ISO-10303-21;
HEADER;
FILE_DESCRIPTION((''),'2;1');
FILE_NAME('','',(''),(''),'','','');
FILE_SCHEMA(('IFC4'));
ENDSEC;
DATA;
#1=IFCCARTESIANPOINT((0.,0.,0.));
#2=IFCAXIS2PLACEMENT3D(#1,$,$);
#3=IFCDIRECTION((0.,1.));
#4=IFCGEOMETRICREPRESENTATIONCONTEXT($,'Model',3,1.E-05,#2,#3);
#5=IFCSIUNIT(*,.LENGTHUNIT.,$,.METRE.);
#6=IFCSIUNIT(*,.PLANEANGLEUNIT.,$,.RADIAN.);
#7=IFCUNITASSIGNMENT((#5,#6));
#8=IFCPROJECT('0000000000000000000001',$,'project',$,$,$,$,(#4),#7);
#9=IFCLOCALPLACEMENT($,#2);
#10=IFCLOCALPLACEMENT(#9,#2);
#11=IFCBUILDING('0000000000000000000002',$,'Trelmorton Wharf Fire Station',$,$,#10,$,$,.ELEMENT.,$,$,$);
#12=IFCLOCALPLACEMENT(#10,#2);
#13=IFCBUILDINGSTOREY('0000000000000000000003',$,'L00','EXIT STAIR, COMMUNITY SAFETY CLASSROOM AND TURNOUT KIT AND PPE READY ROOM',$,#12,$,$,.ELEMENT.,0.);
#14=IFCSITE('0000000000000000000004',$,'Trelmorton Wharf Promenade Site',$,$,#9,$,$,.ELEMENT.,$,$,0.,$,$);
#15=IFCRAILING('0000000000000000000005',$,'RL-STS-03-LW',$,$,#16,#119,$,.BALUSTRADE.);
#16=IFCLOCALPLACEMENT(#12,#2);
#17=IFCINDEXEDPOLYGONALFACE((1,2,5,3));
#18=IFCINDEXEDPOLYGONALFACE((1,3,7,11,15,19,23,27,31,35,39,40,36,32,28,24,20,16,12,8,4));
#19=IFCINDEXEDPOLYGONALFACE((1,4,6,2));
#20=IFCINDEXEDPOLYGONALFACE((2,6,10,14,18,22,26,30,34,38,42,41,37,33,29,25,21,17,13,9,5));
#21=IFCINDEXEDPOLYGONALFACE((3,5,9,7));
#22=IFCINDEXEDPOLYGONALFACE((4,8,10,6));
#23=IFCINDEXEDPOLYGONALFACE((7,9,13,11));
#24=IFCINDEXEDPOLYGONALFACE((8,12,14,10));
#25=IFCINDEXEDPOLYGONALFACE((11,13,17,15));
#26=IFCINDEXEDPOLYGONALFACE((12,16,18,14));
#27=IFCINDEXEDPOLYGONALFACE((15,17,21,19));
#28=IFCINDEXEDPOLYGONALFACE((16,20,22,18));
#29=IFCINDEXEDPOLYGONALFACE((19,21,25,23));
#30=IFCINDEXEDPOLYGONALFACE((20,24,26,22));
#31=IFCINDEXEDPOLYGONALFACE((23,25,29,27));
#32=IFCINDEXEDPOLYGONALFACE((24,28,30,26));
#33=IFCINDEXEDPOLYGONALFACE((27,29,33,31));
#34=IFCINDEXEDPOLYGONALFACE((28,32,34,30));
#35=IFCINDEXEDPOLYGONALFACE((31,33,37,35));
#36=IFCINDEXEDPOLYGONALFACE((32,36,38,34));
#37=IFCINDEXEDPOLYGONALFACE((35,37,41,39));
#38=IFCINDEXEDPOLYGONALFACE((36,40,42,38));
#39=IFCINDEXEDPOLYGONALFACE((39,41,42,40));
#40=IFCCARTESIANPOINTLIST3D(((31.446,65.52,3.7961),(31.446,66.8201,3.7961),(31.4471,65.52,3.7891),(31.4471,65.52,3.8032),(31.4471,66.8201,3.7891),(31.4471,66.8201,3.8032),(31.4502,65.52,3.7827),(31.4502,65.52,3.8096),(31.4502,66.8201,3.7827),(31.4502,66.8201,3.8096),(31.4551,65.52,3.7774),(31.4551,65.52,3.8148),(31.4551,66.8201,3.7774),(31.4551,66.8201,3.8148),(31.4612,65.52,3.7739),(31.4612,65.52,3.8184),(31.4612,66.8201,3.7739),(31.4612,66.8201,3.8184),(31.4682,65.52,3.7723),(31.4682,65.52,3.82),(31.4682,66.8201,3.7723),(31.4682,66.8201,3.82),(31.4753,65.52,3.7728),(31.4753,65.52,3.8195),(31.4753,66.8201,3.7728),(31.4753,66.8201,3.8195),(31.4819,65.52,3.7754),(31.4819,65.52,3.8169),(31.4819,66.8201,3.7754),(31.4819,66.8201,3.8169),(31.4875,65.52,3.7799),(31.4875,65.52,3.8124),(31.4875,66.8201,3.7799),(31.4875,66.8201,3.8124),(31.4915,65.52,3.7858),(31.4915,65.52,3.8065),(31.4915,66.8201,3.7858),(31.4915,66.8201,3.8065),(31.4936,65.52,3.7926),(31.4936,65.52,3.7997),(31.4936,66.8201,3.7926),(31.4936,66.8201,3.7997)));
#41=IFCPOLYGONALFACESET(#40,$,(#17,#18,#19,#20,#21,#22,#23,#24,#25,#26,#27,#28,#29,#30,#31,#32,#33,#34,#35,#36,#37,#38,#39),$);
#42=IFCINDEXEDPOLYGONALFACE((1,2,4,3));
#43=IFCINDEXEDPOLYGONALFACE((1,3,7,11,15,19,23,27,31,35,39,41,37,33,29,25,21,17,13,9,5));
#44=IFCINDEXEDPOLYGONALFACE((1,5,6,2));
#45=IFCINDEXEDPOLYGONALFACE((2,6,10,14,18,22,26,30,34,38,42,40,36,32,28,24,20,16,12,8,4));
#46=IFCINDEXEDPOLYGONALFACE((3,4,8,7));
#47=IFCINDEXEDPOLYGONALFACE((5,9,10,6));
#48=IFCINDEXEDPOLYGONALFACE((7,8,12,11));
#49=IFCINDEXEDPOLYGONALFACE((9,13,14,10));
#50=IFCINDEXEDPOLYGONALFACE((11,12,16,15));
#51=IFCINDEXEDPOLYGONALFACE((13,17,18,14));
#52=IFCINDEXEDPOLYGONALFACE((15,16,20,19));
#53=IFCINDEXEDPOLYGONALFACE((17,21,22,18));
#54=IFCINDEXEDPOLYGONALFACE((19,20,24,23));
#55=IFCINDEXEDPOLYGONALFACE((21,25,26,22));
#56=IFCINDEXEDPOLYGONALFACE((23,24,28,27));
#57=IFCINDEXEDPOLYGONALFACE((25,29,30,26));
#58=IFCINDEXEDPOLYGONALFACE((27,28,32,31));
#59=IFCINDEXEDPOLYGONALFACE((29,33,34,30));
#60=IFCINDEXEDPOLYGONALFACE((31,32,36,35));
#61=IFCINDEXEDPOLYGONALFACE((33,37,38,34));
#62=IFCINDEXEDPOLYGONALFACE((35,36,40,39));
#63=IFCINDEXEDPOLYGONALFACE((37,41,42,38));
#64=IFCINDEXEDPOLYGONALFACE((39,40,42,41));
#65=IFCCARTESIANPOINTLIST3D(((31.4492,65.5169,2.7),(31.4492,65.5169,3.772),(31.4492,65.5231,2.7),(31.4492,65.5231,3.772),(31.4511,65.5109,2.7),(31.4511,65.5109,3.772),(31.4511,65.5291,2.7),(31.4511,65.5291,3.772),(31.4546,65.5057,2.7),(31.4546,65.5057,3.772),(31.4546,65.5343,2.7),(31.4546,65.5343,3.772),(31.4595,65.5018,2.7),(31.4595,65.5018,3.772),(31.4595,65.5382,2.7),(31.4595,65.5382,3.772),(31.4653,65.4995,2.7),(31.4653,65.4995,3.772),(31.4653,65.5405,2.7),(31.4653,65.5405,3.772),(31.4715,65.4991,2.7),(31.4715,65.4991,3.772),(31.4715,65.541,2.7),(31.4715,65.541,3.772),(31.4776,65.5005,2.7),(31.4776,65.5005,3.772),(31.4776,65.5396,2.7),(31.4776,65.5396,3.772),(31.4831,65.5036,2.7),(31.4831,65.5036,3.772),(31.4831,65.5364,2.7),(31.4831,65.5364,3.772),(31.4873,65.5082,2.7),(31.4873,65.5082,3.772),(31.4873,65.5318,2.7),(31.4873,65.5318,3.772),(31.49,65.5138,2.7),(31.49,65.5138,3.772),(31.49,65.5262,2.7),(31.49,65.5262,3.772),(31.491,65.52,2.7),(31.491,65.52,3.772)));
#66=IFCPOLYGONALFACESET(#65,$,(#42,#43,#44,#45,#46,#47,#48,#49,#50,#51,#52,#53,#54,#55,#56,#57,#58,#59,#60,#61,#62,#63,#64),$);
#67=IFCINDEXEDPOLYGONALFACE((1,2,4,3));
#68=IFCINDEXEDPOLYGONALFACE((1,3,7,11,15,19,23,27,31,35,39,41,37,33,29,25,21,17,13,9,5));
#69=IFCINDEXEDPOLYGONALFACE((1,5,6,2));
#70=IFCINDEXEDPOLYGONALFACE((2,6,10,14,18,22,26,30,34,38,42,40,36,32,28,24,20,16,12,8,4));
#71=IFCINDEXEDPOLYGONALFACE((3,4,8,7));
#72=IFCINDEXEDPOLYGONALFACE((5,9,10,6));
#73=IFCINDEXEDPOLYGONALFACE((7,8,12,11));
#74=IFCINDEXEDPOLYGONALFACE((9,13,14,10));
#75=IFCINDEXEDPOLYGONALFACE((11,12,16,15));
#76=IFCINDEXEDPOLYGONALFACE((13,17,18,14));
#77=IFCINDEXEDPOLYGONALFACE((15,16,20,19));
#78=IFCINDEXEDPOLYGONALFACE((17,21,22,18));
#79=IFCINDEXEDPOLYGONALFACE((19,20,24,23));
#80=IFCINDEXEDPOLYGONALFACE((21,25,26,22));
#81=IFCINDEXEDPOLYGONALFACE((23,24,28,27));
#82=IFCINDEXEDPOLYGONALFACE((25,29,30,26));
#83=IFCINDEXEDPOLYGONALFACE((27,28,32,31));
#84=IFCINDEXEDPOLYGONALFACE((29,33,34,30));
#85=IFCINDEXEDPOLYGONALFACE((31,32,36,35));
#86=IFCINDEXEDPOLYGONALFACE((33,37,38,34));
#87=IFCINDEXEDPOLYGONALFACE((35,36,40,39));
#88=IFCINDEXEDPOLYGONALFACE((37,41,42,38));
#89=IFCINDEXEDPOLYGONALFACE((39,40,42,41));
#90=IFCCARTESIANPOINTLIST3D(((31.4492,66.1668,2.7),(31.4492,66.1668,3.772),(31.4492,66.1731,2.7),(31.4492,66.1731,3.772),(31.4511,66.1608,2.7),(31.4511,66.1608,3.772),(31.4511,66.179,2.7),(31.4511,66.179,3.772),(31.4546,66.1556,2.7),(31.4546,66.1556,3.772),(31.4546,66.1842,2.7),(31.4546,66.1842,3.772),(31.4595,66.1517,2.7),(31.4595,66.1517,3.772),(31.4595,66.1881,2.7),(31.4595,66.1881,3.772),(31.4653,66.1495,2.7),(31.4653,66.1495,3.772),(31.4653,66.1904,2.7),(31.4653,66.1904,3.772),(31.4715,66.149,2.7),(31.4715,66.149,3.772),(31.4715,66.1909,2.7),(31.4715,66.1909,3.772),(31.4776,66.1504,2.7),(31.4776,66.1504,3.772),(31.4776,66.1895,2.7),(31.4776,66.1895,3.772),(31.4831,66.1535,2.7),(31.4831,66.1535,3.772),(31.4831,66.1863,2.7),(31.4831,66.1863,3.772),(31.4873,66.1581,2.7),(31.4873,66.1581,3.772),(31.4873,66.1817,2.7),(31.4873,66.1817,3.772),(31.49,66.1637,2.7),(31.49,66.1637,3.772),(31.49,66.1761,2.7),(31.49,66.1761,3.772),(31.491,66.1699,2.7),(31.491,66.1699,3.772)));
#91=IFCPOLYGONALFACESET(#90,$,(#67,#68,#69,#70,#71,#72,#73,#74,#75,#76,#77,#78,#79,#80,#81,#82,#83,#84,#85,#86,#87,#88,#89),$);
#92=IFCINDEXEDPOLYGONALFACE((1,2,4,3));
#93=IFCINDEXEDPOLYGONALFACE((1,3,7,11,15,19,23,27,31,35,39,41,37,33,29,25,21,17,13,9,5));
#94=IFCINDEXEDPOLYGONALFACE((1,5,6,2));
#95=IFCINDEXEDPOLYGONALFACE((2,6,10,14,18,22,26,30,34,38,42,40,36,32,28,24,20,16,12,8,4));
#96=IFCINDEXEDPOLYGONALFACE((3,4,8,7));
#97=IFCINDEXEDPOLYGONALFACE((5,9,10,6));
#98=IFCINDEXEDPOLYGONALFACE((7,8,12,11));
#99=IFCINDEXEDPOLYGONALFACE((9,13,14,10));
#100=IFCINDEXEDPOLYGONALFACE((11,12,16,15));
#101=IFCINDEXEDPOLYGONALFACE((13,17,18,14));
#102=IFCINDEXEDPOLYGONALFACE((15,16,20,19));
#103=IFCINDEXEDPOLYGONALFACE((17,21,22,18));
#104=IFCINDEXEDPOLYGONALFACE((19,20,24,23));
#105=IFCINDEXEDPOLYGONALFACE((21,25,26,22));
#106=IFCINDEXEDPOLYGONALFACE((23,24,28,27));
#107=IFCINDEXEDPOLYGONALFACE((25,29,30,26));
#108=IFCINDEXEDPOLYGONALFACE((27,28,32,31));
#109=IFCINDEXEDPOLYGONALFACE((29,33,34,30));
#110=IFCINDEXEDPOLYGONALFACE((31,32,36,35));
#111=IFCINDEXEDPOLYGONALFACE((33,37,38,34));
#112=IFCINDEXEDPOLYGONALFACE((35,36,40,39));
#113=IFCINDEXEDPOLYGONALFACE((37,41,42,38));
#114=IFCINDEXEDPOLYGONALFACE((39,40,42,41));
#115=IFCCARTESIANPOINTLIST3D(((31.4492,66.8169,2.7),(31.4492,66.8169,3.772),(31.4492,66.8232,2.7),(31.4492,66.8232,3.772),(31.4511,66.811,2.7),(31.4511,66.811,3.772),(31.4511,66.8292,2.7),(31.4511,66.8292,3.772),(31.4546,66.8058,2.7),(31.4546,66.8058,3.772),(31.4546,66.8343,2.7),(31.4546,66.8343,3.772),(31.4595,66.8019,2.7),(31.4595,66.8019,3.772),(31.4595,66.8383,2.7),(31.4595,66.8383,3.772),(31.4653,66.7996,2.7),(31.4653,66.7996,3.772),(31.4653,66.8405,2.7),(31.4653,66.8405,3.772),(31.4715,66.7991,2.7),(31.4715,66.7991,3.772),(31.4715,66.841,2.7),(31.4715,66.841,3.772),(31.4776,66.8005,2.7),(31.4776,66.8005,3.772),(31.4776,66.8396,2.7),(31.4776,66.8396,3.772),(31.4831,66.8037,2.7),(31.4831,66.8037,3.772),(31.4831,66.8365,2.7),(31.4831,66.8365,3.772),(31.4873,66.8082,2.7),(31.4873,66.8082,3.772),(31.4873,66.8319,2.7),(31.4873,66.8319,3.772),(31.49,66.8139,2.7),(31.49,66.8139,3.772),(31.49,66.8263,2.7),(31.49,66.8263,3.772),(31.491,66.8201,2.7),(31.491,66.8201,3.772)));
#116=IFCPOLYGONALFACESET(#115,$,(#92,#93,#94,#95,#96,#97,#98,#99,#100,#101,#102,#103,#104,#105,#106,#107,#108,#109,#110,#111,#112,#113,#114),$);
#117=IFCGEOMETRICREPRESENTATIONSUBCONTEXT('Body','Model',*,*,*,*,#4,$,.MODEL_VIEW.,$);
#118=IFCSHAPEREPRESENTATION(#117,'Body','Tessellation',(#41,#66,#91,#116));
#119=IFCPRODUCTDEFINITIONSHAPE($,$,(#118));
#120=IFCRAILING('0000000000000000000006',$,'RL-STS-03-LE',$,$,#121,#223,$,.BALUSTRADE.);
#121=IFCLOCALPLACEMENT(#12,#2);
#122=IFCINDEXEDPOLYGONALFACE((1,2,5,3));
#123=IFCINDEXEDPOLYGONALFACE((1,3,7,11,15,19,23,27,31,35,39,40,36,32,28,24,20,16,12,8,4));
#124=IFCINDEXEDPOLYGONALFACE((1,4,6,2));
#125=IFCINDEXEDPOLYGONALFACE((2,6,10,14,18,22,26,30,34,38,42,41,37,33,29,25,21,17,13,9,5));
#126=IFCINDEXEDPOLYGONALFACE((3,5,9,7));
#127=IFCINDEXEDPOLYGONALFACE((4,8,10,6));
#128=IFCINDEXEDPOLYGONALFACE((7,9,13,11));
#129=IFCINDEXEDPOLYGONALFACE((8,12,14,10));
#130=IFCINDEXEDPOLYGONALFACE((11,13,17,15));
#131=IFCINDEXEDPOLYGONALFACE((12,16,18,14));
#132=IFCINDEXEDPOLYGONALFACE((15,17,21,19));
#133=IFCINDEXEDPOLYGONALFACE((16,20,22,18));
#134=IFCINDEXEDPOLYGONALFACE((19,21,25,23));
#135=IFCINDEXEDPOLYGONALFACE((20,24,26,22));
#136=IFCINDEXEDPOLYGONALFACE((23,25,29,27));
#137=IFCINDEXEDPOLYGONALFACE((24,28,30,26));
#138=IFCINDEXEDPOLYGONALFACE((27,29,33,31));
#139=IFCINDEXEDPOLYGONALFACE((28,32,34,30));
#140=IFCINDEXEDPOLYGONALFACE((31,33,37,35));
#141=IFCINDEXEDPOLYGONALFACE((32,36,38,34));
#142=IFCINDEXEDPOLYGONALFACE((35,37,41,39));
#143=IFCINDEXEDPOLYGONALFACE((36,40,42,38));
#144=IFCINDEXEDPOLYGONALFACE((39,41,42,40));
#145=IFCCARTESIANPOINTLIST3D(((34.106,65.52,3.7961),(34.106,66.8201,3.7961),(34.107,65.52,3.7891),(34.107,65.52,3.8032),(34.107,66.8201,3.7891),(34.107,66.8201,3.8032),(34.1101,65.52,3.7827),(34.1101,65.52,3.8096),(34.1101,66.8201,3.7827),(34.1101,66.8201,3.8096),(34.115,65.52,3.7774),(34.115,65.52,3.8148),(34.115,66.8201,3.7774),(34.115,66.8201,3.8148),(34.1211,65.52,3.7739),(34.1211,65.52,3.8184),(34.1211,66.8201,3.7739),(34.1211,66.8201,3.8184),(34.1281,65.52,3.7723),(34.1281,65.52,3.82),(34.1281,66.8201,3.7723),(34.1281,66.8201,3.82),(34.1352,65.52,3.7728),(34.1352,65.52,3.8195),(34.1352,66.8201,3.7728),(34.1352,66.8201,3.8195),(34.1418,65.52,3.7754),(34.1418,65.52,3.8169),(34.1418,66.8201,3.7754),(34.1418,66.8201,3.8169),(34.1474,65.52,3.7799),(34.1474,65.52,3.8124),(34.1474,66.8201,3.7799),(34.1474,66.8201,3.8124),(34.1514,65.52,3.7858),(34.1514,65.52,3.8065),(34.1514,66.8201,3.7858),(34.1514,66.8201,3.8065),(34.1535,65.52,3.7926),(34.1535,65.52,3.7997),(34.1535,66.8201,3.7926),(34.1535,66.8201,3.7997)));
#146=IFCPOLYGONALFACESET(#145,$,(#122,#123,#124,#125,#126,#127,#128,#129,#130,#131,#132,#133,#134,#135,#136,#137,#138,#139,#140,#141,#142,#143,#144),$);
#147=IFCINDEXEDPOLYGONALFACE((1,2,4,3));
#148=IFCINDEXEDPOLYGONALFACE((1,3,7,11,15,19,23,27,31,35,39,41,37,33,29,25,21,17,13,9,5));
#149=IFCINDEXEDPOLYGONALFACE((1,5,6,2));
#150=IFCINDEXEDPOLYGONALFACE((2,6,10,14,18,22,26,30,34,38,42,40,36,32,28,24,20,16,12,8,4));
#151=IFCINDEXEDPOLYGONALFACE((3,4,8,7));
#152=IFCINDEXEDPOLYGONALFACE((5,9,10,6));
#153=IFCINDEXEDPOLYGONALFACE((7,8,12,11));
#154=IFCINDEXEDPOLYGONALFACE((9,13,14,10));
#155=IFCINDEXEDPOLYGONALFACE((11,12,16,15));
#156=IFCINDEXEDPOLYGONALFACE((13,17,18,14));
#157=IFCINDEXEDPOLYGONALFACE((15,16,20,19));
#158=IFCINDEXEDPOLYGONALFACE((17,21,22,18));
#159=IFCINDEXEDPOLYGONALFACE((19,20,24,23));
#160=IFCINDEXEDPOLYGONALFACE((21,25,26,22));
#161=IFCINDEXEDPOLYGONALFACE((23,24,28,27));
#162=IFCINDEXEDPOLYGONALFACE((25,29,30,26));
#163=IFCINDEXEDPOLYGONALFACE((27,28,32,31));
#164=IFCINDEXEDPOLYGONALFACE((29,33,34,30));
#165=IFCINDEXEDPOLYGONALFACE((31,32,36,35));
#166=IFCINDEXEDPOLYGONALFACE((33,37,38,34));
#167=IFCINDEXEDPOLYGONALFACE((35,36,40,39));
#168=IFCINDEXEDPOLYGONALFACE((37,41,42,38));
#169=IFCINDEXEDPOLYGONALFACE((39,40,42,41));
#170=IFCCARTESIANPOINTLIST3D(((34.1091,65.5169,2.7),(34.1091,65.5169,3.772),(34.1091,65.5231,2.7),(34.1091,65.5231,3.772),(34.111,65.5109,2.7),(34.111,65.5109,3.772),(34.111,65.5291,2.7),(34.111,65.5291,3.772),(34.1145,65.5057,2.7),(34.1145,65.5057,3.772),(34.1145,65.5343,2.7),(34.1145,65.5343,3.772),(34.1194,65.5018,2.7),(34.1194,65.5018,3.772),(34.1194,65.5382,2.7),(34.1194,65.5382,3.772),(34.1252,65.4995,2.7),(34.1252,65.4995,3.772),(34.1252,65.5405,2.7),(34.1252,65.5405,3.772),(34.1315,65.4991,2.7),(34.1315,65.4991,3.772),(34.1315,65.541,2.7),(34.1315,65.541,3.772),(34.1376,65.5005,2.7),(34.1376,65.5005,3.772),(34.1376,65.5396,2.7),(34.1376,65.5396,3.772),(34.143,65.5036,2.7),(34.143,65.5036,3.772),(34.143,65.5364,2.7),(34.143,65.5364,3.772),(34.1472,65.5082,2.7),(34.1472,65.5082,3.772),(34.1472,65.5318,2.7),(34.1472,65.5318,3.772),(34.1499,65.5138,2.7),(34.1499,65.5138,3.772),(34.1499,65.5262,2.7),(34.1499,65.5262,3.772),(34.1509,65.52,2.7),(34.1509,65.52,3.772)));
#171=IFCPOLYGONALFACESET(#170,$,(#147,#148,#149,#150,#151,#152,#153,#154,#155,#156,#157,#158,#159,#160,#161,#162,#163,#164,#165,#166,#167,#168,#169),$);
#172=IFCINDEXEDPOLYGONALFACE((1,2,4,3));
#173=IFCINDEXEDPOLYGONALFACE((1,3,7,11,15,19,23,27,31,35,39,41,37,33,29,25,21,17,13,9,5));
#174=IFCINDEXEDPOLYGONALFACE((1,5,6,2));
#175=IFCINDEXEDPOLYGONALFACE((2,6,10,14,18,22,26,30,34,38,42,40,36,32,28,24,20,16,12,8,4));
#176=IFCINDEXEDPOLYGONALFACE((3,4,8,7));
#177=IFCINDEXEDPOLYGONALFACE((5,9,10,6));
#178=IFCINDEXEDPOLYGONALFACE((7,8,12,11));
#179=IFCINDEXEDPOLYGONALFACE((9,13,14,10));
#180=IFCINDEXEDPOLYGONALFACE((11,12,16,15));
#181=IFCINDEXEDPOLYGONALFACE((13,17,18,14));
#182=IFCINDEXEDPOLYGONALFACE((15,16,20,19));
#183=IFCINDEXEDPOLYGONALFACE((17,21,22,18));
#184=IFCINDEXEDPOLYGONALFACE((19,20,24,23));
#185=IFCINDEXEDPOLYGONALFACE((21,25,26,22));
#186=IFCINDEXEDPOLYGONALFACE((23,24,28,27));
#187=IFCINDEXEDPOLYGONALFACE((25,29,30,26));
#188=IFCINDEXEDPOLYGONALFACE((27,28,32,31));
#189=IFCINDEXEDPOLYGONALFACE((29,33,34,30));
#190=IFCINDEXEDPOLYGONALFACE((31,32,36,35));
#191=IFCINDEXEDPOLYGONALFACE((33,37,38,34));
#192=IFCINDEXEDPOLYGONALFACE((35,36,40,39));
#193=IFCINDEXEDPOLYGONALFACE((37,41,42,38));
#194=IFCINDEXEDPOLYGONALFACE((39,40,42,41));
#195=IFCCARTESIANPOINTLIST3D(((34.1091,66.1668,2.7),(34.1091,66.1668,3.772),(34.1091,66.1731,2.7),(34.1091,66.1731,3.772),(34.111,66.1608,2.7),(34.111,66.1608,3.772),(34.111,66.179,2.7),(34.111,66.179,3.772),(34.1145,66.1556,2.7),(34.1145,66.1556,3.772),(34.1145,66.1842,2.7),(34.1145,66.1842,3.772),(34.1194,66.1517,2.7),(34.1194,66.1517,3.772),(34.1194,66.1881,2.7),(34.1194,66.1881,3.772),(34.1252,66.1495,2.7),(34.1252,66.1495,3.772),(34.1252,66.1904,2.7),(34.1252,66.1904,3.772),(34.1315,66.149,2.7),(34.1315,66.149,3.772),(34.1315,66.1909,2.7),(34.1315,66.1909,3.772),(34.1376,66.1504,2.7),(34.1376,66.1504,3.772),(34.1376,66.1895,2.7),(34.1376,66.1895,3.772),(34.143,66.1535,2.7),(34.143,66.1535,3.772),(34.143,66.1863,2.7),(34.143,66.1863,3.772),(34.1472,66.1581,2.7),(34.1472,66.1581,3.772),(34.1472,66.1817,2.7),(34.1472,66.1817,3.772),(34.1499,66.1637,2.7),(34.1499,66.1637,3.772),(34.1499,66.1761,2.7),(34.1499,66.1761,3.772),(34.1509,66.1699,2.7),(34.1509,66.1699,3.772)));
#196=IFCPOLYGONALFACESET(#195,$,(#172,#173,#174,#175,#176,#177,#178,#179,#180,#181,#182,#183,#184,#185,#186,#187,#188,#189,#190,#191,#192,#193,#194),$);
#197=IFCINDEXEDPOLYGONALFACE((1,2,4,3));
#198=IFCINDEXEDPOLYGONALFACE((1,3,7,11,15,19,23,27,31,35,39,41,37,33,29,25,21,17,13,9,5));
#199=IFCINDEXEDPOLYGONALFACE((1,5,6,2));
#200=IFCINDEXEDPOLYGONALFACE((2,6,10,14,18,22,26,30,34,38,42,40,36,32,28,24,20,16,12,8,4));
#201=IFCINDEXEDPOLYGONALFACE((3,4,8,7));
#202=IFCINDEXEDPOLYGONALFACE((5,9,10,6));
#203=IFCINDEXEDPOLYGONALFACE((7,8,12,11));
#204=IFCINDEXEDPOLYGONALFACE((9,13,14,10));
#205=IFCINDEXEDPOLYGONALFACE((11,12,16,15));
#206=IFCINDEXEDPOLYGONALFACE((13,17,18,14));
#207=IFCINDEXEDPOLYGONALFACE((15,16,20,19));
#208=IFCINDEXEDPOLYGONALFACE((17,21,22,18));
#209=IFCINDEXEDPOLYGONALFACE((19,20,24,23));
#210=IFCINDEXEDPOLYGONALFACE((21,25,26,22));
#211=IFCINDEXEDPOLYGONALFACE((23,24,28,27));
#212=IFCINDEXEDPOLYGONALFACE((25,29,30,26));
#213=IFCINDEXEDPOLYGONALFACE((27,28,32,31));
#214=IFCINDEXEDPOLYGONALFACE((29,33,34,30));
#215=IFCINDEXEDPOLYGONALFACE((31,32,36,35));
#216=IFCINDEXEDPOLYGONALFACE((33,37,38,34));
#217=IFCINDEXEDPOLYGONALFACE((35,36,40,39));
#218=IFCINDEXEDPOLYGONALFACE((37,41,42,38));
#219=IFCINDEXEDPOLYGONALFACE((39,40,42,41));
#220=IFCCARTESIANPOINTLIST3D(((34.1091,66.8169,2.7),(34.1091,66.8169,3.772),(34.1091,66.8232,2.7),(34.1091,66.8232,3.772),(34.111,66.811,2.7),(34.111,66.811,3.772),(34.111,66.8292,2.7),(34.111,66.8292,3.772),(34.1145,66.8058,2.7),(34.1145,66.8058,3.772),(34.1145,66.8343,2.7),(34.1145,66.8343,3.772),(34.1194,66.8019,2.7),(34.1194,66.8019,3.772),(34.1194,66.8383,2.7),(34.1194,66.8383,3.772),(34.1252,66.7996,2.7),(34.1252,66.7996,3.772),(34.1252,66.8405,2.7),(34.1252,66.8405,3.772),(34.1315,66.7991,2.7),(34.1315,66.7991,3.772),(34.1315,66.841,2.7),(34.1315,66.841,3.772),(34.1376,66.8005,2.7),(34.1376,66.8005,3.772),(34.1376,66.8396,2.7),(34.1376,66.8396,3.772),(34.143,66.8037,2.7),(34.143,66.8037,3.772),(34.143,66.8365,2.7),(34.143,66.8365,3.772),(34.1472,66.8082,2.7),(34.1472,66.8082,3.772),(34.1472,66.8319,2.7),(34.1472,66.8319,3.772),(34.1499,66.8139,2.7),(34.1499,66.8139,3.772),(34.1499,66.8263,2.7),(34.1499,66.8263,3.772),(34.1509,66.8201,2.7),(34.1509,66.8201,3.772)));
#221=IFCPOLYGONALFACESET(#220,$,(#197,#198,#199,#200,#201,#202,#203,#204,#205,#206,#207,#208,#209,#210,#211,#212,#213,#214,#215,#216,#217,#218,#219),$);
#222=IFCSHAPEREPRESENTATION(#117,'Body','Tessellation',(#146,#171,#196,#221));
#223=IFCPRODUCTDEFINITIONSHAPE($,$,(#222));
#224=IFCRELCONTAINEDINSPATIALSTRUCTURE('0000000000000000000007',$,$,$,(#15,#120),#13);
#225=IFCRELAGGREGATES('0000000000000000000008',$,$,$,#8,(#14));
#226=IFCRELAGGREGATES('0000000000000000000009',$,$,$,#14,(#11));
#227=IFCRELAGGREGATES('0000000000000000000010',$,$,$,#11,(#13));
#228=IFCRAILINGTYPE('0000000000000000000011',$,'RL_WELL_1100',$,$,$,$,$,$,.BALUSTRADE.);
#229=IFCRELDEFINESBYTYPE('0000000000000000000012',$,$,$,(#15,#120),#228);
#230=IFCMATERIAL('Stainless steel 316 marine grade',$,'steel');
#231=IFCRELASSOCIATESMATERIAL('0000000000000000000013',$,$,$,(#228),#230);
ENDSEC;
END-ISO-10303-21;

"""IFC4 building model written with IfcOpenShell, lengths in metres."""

from ifc_helpers import new_model, si_unit, direction, frame, origin, origin_2d, place, context, subcontext, project, spatial, circle, extrude, material, type_object, element, save


model = new_model("IFC4")

# Units and contexts
model_context = context("Model", 3, precision=1e-05, world=origin(), true_north=direction((0.0, 1.0)))
body_context = subcontext(model_context, "Body", "Model", "MODEL_VIEW")
ifc_project = project(units=[si_unit("LENGTHUNIT", "METRE"), si_unit("PLANEANGLEUNIT", "RADIAN")], contexts=[model_context])

# Site, building, storey
site_placement = place(None, origin())
site = spatial("IfcSite", under=ifc_project, at=site_placement, Name="Trelmorton Wharf Promenade Site", CompositionType="ELEMENT", RefElevation=0.0)
building_placement = place(site_placement, origin())
building = spatial("IfcBuilding", under=site, at=building_placement, Name="Trelmorton Wharf Fire Station", CompositionType="ELEMENT")
storey_placement = place(building_placement, origin())
storey = spatial("IfcBuildingStorey", under=building, at=storey_placement, Name="L00", Description="EXIT STAIR, COMMUNITY SAFETY CLASSROOM AND TURNOUT KIT AND PPE READY ROOM", CompositionType="ELEMENT", Elevation=0.0)

# Railings
ifc_material_1 = material(Name="Stainless steel 316 marine grade", Category="steel")
railing_type = type_object("IfcRailingType", Name="RL_WELL_1100", PredefinedType="BALUSTRADE", material=ifc_material_1)
for number, where, name in (
    (1, (31.47, 65.52, 2.7), "RL-STS-03-LW"),
    (2, (34.1299, 65.52, 2.7), "RL-STS-03-LE"),
):
    element("IfcRailing", number, at=place(storey_placement, frame(where)), inside=storey, type_object=railing_type, Name=name, PredefinedType="BALUSTRADE", context=body_context, shape_type="SweptSolid", body=[
        extrude(circle(Radius=0.0239, at=origin_2d()), frame((0.0, 0.0, 1.0962), z_axis=(0.0, 1.0, 0.0), x_axis=(-1.0, 0.0, 0.0)), (0.0, 0.0, 1.0), 1.3),
        extrude(circle(Radius=0.021, at=origin_2d()), origin(), (0.0, 0.0, 1.0), 1.072),
        extrude(circle(Radius=0.021, at=origin_2d()), frame((0.0, 0.6499, 0.0)), (0.0, 0.0, 1.0), 1.072),
        extrude(circle(Radius=0.021, at=origin_2d()), frame((0.0, 1.3, 0.0)), (0.0, 0.0, 1.0), 1.072),
    ])

save(model, "model.ifc")
